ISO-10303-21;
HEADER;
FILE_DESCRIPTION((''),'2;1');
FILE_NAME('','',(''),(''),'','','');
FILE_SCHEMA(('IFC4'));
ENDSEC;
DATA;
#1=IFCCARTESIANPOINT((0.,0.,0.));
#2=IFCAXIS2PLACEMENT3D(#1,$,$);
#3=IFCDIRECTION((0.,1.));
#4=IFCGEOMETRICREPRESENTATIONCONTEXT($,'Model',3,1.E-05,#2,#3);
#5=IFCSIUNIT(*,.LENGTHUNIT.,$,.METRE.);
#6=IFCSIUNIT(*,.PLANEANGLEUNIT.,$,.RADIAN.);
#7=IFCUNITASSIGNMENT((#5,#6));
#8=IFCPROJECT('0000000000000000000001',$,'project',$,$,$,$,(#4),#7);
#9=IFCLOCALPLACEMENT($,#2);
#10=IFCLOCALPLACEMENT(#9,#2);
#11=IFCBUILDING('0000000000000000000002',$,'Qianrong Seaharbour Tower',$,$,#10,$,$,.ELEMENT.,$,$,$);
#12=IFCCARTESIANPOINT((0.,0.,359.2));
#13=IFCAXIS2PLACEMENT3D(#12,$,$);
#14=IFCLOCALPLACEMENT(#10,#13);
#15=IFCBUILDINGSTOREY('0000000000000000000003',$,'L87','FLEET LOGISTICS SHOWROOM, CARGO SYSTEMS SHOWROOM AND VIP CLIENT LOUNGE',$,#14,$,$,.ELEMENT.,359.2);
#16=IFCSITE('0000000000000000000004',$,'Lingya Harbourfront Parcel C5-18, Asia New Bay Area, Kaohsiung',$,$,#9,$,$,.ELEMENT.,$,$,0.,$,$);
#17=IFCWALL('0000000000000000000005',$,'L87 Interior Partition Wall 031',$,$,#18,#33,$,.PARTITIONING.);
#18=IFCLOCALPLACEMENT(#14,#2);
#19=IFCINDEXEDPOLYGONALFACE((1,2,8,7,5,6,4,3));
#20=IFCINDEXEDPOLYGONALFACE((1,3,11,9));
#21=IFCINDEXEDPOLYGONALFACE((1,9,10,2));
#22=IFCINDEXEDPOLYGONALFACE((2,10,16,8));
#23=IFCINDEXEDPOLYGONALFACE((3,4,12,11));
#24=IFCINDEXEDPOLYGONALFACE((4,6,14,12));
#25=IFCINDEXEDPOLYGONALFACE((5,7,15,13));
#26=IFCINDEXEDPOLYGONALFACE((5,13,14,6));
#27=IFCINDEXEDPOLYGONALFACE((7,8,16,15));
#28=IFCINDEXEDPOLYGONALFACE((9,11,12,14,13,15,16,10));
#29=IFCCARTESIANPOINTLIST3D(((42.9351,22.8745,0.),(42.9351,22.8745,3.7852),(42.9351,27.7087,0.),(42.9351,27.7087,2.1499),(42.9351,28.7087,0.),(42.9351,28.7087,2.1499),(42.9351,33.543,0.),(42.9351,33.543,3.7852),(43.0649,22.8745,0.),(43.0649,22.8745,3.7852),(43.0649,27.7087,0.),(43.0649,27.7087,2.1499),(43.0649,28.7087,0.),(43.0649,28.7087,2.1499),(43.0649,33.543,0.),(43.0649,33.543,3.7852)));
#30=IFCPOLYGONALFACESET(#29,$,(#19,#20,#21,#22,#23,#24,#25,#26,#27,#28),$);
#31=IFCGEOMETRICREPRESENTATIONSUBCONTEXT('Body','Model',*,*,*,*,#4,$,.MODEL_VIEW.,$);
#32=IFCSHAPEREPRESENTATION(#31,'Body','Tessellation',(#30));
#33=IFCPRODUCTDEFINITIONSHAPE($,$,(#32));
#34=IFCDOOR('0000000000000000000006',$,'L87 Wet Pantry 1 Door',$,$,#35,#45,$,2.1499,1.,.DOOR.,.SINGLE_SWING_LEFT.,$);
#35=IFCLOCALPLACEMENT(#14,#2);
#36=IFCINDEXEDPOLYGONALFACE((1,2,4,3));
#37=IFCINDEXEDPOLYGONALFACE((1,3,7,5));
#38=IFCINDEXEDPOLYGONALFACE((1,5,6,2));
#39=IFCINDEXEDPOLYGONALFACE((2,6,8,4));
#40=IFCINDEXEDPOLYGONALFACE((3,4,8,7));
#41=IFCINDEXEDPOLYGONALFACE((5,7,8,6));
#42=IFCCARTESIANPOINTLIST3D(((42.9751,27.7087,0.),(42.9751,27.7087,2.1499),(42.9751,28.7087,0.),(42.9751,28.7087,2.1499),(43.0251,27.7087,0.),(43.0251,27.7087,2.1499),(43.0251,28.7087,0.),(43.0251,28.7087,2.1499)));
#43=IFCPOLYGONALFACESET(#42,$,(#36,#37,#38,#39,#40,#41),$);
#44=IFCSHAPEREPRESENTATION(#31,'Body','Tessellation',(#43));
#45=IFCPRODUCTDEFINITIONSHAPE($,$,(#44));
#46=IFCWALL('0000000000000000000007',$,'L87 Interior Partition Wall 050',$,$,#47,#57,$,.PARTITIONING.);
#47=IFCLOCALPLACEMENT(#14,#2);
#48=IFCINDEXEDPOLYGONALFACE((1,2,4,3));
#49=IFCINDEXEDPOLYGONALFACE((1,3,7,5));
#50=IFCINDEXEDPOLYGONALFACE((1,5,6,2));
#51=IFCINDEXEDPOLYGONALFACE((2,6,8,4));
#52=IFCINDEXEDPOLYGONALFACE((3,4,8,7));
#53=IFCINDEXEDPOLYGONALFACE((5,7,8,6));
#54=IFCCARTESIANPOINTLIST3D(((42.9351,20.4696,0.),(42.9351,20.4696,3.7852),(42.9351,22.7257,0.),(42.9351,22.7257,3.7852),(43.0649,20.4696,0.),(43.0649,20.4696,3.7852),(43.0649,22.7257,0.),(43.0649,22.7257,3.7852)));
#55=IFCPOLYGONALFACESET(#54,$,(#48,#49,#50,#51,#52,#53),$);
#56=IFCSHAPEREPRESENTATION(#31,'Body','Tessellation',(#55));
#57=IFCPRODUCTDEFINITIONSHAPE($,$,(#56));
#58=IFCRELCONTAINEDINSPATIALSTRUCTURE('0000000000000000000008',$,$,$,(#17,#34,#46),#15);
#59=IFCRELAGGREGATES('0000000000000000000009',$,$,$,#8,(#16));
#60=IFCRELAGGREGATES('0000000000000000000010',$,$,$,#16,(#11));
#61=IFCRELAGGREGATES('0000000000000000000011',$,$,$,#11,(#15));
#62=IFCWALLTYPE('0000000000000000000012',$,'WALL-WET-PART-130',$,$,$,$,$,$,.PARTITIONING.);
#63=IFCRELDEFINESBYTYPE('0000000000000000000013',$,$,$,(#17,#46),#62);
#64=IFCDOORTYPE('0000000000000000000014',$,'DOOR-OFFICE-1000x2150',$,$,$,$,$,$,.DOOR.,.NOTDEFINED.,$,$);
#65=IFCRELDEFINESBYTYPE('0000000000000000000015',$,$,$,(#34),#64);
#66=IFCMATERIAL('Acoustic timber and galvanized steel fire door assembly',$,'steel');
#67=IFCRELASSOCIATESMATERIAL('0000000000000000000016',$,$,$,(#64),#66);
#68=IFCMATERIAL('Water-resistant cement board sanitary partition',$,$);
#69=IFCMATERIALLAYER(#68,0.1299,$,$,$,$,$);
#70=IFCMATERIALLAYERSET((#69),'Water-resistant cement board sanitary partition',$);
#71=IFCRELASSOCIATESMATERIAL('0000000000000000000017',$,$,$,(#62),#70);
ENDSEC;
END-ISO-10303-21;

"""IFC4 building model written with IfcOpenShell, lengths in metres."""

from ifc_helpers import new_model, si_unit, direction, frame, frame_2d, origin, place, context, subcontext, project, spatial, rectangle, extrude, material, layer, layer_set, type_object, element, fill, save


model = new_model("IFC4")

# Units and contexts
model_context = context("Model", 3, precision=1e-05, world=origin(), true_north=direction((0.0, 1.0)))
body_context = subcontext(model_context, "Body", "Model", "MODEL_VIEW")
ifc_project = project(units=[si_unit("LENGTHUNIT", "METRE"), si_unit("PLANEANGLEUNIT", "RADIAN")], contexts=[model_context])

# Site, building, storey
site_placement = place(None, origin())
site = spatial("IfcSite", under=ifc_project, at=site_placement, Name="Lingya Harbourfront Parcel C5-18, Asia New Bay Area, Kaohsiung", CompositionType="ELEMENT", RefElevation=0.0)
building_placement = place(site_placement, origin())
building = spatial("IfcBuilding", under=site, at=building_placement, Name="Qianrong Seaharbour Tower", CompositionType="ELEMENT")
storey_placement = place(building_placement, frame((0.0, 0.0, 359.2)))
storey = spatial("IfcBuildingStorey", under=building, at=storey_placement, Name="L87", Description="FLEET LOGISTICS SHOWROOM, CARGO SYSTEMS SHOWROOM AND VIP CLIENT LOUNGE", CompositionType="ELEMENT", Elevation=359.2)

# Shared definitions
ifc_material_1 = material(Name="Acoustic timber and galvanized steel fire door assembly", Category="steel")
door_type = type_object("IfcDoorType", Name="DOOR-OFFICE-1000x2150", OperationType="NOTDEFINED", PredefinedType="DOOR", material=ifc_material_1)

# Shared definitions
ifc_material_2 = material(Name="Water-resistant cement board sanitary partition")
ifc_layer_1 = layer(ifc_material_2, 0.1299)
ifc_layer_set_1 = layer_set([ifc_layer_1], Name="Water-resistant cement board sanitary partition")
wall_type_1 = type_object("IfcWallType", Name="WALL-WET-PART-130", PredefinedType="PARTITIONING", material=ifc_layer_set_1)

# Wall, opening, door
wall_1_placement = place(storey_placement, frame((43.0, 22.8745, 0.0), z_axis=(0.0, 0.0, 1.0), x_axis=(0.0, 1.0, 0.0)))
wall_1 = element("IfcWall", 1, at=wall_1_placement, inside=storey, type_object=wall_type_1, Name="L87 Interior Partition Wall 031", PredefinedType="PARTITIONING", context=body_context, shape_type="SweptSolid", body=[
    extrude(rectangle(XDim=10.6685, YDim=0.1299, at=frame_2d((5.3342, 0.0))), origin(), (0.0, 0.0, 1.0), 3.7852),
])
opening_1_placement = place(wall_1_placement, frame((4.8342, 0.0, 0.0)))
opening_1 = element("IfcOpeningElement", 2, at=opening_1_placement, cuts=wall_1, PredefinedType="OPENING", context=body_context, shape_type="SweptSolid", body=[
    extrude(rectangle(XDim=1.0, YDim=2.1499, at=frame_2d((0.5, 1.075))), frame((0.0, 0.075, 0.0), z_axis=(0.0, -1.0, 0.0), x_axis=(1.0, 0.0, 0.0)), (0.0, 0.0, 1.0), 0.1499),
])
door_1_placement = place(opening_1_placement, origin())
door_1 = element("IfcDoor", 3, at=door_1_placement, inside=storey, type_object=door_type, Name="L87 Wet Pantry 1 Door", OperationType="SINGLE_SWING_LEFT", OverallHeight=2.1499, OverallWidth=1.0, PredefinedType="DOOR", context=body_context, shape_type="SweptSolid", body=[
    extrude(rectangle(XDim=1.0, YDim=2.1499, at=frame_2d((0.5, 1.075))), frame((0.0, 0.0249, 0.0), z_axis=(0.0, -1.0, 0.0), x_axis=(1.0, 0.0, 0.0)), (0.0, 0.0, 1.0), 0.05),
])
fill(opening_1, door_1)

# Wall
wall_2_placement = place(storey_placement, frame((43.0, 22.7256, 0.0), z_axis=(0.0, 0.0, 1.0), x_axis=(0.0, -1.0, 0.0)))
element("IfcWall", 4, at=wall_2_placement, inside=storey, type_object=wall_type_1, Name="L87 Interior Partition Wall 050", PredefinedType="PARTITIONING", context=body_context, shape_type="SweptSolid", body=[
    extrude(rectangle(XDim=2.2561, YDim=0.1299, at=frame_2d((1.1279, 0.0))), origin(), (0.0, 0.0, 1.0), 3.7852),
])

save(model, "model.ifc")
